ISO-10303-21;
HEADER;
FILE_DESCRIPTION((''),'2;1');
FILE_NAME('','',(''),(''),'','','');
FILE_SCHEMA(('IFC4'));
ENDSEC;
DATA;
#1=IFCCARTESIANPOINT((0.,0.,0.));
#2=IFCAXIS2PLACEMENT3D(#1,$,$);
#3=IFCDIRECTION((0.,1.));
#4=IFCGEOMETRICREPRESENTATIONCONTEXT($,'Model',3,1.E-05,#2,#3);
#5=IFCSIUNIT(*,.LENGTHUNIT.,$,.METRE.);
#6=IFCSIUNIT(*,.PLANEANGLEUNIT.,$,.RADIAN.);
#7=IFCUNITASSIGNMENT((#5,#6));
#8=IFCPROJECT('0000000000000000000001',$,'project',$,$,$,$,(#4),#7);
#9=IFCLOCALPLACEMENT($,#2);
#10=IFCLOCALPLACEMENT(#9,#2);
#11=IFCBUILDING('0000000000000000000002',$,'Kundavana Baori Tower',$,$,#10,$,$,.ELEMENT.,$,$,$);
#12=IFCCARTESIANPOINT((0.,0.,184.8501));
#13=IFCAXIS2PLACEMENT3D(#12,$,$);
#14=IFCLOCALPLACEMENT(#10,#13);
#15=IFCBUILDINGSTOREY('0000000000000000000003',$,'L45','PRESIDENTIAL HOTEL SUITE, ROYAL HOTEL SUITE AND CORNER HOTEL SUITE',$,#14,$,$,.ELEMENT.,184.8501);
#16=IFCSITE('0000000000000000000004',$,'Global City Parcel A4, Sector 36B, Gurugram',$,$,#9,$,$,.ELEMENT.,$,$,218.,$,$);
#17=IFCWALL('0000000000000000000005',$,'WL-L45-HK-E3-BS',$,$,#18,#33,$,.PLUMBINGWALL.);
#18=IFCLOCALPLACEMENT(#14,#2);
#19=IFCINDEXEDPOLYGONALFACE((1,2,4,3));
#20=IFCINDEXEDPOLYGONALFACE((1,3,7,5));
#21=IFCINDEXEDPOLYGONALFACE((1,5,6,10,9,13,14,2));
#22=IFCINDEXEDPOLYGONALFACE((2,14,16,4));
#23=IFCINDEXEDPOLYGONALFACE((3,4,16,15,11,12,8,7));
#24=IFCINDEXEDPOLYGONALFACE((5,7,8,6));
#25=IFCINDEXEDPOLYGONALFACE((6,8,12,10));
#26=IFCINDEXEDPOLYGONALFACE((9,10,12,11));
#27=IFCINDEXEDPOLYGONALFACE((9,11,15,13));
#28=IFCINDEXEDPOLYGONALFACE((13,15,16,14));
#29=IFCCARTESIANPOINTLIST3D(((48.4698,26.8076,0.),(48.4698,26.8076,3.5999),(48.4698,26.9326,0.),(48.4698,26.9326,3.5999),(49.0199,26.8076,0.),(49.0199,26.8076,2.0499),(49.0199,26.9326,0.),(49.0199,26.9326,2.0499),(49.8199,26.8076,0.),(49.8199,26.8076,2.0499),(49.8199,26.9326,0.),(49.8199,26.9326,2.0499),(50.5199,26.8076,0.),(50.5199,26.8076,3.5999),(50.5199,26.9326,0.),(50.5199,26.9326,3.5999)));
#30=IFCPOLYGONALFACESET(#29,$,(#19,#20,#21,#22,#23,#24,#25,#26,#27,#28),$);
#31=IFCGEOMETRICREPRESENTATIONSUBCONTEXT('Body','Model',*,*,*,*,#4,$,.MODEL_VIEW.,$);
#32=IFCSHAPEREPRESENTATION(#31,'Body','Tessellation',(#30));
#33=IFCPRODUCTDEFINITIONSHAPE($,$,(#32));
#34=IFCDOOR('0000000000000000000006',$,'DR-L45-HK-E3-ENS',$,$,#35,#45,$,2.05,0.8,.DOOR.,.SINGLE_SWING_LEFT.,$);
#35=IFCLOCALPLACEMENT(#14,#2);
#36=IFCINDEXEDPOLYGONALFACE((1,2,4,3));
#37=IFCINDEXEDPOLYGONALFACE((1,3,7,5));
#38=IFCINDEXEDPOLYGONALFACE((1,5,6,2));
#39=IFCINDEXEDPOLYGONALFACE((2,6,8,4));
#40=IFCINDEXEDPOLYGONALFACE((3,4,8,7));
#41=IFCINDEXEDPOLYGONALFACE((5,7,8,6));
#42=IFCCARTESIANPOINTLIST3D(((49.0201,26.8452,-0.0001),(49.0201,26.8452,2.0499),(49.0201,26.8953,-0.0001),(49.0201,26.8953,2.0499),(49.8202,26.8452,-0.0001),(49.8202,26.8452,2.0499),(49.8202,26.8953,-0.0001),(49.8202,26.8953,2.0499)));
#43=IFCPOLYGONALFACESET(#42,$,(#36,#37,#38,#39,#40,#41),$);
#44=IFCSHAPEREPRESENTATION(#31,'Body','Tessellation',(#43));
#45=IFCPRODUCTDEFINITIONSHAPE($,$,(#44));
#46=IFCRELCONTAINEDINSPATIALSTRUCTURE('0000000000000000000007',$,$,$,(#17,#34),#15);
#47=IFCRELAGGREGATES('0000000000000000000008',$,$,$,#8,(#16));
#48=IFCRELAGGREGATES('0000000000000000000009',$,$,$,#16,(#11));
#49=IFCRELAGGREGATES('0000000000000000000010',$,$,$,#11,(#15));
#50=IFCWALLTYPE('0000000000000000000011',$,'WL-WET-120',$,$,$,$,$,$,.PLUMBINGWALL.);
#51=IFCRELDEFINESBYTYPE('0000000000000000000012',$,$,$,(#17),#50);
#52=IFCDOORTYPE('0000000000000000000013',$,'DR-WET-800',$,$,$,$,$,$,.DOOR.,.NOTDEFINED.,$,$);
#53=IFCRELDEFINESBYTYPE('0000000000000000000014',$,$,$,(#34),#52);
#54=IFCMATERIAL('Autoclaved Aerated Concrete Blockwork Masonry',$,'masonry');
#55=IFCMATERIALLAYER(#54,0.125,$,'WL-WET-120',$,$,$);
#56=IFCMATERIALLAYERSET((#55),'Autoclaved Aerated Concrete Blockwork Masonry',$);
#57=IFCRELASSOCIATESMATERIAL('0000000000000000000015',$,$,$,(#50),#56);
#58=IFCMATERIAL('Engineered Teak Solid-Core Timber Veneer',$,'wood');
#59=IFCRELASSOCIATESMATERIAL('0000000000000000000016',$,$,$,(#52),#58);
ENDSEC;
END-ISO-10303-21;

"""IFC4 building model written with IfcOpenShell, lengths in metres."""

from ifc_helpers import new_model, si_unit, direction, frame, frame_2d, origin, place, context, subcontext, project, spatial, rectangle, extrude, material, layer, layer_set, type_object, element, fill, save


model = new_model("IFC4")

# Units and contexts
model_context = context("Model", 3, precision=1e-05, world=origin(), true_north=direction((0.0, 1.0)))
body_context = subcontext(model_context, "Body", "Model", "MODEL_VIEW")
ifc_project = project(units=[si_unit("LENGTHUNIT", "METRE"), si_unit("PLANEANGLEUNIT", "RADIAN")], contexts=[model_context])

# Site, building, storey
site_placement = place(None, origin())
site = spatial("IfcSite", under=ifc_project, at=site_placement, Name="Global City Parcel A4, Sector 36B, Gurugram", CompositionType="ELEMENT", RefElevation=218.0)
building_placement = place(site_placement, origin())
building = spatial("IfcBuilding", under=site, at=building_placement, Name="Kundavana Baori Tower", CompositionType="ELEMENT")
storey_placement = place(building_placement, frame((0.0, 0.0, 184.8501)))
storey = spatial("IfcBuildingStorey", under=building, at=storey_placement, Name="L45", Description="PRESIDENTIAL HOTEL SUITE, ROYAL HOTEL SUITE AND CORNER HOTEL SUITE", CompositionType="ELEMENT", Elevation=184.8501)

# Shared definitions
ifc_material_1 = material(Name="Autoclaved Aerated Concrete Blockwork Masonry", Category="masonry")
ifc_layer_1 = layer(ifc_material_1, 0.125, Name="WL-WET-120")
ifc_layer_set_1 = layer_set([ifc_layer_1], Name="Autoclaved Aerated Concrete Blockwork Masonry")
wall_type_1 = type_object("IfcWallType", Name="WL-WET-120", PredefinedType="PLUMBINGWALL", material=ifc_layer_set_1)

# Shared definitions
ifc_material_2 = material(Name="Engineered Teak Solid-Core Timber Veneer", Category="wood")
door_type_1 = type_object("IfcDoorType", Name="DR-WET-800", OperationType="NOTDEFINED", PredefinedType="DOOR", material=ifc_material_2)

# Wall, opening, door
wall_1_placement = place(storey_placement, frame((48.47, 26.8701, 0.0), z_axis=(0.0, 0.0, 1.0), x_axis=(1.0, 0.0, 0.0)))
wall_1 = element("IfcWall", 1, at=wall_1_placement, inside=storey, type_object=wall_type_1, Name="WL-L45-HK-E3-BS", PredefinedType="PLUMBINGWALL", context=body_context, shape_type="SweptSolid", body=[
    extrude(rectangle(XDim=2.05, YDim=0.125, at=frame_2d((1.0249, 0.0))), origin(), (0.0, 0.0, 1.0), 3.5999),
])
opening_1_placement = place(wall_1_placement, frame((0.55, 0.0, 0.0)))
opening_1 = element("IfcOpeningElement", 2, at=opening_1_placement, cuts=wall_1, PredefinedType="OPENING", context=body_context, shape_type="SweptSolid", body=[
    extrude(rectangle(XDim=0.8, YDim=2.05, at=frame_2d((0.3999, 1.0249))), frame((0.0, 0.0725, 0.0), z_axis=(0.0, -1.0, 0.0), x_axis=(1.0, 0.0, 0.0)), (0.0, 0.0, 1.0), 0.145),
])
door_1_placement = place(opening_1_placement, frame((0.8, 0.0, 0.0), z_axis=(0.0, 0.0, 1.0), x_axis=(-1.0, 0.0, 0.0)))
door_1 = element("IfcDoor", 3, at=door_1_placement, inside=storey, type_object=door_type_1, Name="DR-L45-HK-E3-ENS", OperationType="SINGLE_SWING_LEFT", OverallHeight=2.05, OverallWidth=0.8, PredefinedType="DOOR", context=body_context, shape_type="SweptSolid", body=[
    extrude(rectangle(XDim=0.8, YDim=2.05, at=frame_2d((0.3999, 1.0249))), frame((0.0, 0.0249, 0.0), z_axis=(0.0, -1.0, 0.0), x_axis=(1.0, 0.0, 0.0)), (0.0, 0.0, 1.0), 0.05),
])
fill(opening_1, door_1)

save(model, "model.ifc")
